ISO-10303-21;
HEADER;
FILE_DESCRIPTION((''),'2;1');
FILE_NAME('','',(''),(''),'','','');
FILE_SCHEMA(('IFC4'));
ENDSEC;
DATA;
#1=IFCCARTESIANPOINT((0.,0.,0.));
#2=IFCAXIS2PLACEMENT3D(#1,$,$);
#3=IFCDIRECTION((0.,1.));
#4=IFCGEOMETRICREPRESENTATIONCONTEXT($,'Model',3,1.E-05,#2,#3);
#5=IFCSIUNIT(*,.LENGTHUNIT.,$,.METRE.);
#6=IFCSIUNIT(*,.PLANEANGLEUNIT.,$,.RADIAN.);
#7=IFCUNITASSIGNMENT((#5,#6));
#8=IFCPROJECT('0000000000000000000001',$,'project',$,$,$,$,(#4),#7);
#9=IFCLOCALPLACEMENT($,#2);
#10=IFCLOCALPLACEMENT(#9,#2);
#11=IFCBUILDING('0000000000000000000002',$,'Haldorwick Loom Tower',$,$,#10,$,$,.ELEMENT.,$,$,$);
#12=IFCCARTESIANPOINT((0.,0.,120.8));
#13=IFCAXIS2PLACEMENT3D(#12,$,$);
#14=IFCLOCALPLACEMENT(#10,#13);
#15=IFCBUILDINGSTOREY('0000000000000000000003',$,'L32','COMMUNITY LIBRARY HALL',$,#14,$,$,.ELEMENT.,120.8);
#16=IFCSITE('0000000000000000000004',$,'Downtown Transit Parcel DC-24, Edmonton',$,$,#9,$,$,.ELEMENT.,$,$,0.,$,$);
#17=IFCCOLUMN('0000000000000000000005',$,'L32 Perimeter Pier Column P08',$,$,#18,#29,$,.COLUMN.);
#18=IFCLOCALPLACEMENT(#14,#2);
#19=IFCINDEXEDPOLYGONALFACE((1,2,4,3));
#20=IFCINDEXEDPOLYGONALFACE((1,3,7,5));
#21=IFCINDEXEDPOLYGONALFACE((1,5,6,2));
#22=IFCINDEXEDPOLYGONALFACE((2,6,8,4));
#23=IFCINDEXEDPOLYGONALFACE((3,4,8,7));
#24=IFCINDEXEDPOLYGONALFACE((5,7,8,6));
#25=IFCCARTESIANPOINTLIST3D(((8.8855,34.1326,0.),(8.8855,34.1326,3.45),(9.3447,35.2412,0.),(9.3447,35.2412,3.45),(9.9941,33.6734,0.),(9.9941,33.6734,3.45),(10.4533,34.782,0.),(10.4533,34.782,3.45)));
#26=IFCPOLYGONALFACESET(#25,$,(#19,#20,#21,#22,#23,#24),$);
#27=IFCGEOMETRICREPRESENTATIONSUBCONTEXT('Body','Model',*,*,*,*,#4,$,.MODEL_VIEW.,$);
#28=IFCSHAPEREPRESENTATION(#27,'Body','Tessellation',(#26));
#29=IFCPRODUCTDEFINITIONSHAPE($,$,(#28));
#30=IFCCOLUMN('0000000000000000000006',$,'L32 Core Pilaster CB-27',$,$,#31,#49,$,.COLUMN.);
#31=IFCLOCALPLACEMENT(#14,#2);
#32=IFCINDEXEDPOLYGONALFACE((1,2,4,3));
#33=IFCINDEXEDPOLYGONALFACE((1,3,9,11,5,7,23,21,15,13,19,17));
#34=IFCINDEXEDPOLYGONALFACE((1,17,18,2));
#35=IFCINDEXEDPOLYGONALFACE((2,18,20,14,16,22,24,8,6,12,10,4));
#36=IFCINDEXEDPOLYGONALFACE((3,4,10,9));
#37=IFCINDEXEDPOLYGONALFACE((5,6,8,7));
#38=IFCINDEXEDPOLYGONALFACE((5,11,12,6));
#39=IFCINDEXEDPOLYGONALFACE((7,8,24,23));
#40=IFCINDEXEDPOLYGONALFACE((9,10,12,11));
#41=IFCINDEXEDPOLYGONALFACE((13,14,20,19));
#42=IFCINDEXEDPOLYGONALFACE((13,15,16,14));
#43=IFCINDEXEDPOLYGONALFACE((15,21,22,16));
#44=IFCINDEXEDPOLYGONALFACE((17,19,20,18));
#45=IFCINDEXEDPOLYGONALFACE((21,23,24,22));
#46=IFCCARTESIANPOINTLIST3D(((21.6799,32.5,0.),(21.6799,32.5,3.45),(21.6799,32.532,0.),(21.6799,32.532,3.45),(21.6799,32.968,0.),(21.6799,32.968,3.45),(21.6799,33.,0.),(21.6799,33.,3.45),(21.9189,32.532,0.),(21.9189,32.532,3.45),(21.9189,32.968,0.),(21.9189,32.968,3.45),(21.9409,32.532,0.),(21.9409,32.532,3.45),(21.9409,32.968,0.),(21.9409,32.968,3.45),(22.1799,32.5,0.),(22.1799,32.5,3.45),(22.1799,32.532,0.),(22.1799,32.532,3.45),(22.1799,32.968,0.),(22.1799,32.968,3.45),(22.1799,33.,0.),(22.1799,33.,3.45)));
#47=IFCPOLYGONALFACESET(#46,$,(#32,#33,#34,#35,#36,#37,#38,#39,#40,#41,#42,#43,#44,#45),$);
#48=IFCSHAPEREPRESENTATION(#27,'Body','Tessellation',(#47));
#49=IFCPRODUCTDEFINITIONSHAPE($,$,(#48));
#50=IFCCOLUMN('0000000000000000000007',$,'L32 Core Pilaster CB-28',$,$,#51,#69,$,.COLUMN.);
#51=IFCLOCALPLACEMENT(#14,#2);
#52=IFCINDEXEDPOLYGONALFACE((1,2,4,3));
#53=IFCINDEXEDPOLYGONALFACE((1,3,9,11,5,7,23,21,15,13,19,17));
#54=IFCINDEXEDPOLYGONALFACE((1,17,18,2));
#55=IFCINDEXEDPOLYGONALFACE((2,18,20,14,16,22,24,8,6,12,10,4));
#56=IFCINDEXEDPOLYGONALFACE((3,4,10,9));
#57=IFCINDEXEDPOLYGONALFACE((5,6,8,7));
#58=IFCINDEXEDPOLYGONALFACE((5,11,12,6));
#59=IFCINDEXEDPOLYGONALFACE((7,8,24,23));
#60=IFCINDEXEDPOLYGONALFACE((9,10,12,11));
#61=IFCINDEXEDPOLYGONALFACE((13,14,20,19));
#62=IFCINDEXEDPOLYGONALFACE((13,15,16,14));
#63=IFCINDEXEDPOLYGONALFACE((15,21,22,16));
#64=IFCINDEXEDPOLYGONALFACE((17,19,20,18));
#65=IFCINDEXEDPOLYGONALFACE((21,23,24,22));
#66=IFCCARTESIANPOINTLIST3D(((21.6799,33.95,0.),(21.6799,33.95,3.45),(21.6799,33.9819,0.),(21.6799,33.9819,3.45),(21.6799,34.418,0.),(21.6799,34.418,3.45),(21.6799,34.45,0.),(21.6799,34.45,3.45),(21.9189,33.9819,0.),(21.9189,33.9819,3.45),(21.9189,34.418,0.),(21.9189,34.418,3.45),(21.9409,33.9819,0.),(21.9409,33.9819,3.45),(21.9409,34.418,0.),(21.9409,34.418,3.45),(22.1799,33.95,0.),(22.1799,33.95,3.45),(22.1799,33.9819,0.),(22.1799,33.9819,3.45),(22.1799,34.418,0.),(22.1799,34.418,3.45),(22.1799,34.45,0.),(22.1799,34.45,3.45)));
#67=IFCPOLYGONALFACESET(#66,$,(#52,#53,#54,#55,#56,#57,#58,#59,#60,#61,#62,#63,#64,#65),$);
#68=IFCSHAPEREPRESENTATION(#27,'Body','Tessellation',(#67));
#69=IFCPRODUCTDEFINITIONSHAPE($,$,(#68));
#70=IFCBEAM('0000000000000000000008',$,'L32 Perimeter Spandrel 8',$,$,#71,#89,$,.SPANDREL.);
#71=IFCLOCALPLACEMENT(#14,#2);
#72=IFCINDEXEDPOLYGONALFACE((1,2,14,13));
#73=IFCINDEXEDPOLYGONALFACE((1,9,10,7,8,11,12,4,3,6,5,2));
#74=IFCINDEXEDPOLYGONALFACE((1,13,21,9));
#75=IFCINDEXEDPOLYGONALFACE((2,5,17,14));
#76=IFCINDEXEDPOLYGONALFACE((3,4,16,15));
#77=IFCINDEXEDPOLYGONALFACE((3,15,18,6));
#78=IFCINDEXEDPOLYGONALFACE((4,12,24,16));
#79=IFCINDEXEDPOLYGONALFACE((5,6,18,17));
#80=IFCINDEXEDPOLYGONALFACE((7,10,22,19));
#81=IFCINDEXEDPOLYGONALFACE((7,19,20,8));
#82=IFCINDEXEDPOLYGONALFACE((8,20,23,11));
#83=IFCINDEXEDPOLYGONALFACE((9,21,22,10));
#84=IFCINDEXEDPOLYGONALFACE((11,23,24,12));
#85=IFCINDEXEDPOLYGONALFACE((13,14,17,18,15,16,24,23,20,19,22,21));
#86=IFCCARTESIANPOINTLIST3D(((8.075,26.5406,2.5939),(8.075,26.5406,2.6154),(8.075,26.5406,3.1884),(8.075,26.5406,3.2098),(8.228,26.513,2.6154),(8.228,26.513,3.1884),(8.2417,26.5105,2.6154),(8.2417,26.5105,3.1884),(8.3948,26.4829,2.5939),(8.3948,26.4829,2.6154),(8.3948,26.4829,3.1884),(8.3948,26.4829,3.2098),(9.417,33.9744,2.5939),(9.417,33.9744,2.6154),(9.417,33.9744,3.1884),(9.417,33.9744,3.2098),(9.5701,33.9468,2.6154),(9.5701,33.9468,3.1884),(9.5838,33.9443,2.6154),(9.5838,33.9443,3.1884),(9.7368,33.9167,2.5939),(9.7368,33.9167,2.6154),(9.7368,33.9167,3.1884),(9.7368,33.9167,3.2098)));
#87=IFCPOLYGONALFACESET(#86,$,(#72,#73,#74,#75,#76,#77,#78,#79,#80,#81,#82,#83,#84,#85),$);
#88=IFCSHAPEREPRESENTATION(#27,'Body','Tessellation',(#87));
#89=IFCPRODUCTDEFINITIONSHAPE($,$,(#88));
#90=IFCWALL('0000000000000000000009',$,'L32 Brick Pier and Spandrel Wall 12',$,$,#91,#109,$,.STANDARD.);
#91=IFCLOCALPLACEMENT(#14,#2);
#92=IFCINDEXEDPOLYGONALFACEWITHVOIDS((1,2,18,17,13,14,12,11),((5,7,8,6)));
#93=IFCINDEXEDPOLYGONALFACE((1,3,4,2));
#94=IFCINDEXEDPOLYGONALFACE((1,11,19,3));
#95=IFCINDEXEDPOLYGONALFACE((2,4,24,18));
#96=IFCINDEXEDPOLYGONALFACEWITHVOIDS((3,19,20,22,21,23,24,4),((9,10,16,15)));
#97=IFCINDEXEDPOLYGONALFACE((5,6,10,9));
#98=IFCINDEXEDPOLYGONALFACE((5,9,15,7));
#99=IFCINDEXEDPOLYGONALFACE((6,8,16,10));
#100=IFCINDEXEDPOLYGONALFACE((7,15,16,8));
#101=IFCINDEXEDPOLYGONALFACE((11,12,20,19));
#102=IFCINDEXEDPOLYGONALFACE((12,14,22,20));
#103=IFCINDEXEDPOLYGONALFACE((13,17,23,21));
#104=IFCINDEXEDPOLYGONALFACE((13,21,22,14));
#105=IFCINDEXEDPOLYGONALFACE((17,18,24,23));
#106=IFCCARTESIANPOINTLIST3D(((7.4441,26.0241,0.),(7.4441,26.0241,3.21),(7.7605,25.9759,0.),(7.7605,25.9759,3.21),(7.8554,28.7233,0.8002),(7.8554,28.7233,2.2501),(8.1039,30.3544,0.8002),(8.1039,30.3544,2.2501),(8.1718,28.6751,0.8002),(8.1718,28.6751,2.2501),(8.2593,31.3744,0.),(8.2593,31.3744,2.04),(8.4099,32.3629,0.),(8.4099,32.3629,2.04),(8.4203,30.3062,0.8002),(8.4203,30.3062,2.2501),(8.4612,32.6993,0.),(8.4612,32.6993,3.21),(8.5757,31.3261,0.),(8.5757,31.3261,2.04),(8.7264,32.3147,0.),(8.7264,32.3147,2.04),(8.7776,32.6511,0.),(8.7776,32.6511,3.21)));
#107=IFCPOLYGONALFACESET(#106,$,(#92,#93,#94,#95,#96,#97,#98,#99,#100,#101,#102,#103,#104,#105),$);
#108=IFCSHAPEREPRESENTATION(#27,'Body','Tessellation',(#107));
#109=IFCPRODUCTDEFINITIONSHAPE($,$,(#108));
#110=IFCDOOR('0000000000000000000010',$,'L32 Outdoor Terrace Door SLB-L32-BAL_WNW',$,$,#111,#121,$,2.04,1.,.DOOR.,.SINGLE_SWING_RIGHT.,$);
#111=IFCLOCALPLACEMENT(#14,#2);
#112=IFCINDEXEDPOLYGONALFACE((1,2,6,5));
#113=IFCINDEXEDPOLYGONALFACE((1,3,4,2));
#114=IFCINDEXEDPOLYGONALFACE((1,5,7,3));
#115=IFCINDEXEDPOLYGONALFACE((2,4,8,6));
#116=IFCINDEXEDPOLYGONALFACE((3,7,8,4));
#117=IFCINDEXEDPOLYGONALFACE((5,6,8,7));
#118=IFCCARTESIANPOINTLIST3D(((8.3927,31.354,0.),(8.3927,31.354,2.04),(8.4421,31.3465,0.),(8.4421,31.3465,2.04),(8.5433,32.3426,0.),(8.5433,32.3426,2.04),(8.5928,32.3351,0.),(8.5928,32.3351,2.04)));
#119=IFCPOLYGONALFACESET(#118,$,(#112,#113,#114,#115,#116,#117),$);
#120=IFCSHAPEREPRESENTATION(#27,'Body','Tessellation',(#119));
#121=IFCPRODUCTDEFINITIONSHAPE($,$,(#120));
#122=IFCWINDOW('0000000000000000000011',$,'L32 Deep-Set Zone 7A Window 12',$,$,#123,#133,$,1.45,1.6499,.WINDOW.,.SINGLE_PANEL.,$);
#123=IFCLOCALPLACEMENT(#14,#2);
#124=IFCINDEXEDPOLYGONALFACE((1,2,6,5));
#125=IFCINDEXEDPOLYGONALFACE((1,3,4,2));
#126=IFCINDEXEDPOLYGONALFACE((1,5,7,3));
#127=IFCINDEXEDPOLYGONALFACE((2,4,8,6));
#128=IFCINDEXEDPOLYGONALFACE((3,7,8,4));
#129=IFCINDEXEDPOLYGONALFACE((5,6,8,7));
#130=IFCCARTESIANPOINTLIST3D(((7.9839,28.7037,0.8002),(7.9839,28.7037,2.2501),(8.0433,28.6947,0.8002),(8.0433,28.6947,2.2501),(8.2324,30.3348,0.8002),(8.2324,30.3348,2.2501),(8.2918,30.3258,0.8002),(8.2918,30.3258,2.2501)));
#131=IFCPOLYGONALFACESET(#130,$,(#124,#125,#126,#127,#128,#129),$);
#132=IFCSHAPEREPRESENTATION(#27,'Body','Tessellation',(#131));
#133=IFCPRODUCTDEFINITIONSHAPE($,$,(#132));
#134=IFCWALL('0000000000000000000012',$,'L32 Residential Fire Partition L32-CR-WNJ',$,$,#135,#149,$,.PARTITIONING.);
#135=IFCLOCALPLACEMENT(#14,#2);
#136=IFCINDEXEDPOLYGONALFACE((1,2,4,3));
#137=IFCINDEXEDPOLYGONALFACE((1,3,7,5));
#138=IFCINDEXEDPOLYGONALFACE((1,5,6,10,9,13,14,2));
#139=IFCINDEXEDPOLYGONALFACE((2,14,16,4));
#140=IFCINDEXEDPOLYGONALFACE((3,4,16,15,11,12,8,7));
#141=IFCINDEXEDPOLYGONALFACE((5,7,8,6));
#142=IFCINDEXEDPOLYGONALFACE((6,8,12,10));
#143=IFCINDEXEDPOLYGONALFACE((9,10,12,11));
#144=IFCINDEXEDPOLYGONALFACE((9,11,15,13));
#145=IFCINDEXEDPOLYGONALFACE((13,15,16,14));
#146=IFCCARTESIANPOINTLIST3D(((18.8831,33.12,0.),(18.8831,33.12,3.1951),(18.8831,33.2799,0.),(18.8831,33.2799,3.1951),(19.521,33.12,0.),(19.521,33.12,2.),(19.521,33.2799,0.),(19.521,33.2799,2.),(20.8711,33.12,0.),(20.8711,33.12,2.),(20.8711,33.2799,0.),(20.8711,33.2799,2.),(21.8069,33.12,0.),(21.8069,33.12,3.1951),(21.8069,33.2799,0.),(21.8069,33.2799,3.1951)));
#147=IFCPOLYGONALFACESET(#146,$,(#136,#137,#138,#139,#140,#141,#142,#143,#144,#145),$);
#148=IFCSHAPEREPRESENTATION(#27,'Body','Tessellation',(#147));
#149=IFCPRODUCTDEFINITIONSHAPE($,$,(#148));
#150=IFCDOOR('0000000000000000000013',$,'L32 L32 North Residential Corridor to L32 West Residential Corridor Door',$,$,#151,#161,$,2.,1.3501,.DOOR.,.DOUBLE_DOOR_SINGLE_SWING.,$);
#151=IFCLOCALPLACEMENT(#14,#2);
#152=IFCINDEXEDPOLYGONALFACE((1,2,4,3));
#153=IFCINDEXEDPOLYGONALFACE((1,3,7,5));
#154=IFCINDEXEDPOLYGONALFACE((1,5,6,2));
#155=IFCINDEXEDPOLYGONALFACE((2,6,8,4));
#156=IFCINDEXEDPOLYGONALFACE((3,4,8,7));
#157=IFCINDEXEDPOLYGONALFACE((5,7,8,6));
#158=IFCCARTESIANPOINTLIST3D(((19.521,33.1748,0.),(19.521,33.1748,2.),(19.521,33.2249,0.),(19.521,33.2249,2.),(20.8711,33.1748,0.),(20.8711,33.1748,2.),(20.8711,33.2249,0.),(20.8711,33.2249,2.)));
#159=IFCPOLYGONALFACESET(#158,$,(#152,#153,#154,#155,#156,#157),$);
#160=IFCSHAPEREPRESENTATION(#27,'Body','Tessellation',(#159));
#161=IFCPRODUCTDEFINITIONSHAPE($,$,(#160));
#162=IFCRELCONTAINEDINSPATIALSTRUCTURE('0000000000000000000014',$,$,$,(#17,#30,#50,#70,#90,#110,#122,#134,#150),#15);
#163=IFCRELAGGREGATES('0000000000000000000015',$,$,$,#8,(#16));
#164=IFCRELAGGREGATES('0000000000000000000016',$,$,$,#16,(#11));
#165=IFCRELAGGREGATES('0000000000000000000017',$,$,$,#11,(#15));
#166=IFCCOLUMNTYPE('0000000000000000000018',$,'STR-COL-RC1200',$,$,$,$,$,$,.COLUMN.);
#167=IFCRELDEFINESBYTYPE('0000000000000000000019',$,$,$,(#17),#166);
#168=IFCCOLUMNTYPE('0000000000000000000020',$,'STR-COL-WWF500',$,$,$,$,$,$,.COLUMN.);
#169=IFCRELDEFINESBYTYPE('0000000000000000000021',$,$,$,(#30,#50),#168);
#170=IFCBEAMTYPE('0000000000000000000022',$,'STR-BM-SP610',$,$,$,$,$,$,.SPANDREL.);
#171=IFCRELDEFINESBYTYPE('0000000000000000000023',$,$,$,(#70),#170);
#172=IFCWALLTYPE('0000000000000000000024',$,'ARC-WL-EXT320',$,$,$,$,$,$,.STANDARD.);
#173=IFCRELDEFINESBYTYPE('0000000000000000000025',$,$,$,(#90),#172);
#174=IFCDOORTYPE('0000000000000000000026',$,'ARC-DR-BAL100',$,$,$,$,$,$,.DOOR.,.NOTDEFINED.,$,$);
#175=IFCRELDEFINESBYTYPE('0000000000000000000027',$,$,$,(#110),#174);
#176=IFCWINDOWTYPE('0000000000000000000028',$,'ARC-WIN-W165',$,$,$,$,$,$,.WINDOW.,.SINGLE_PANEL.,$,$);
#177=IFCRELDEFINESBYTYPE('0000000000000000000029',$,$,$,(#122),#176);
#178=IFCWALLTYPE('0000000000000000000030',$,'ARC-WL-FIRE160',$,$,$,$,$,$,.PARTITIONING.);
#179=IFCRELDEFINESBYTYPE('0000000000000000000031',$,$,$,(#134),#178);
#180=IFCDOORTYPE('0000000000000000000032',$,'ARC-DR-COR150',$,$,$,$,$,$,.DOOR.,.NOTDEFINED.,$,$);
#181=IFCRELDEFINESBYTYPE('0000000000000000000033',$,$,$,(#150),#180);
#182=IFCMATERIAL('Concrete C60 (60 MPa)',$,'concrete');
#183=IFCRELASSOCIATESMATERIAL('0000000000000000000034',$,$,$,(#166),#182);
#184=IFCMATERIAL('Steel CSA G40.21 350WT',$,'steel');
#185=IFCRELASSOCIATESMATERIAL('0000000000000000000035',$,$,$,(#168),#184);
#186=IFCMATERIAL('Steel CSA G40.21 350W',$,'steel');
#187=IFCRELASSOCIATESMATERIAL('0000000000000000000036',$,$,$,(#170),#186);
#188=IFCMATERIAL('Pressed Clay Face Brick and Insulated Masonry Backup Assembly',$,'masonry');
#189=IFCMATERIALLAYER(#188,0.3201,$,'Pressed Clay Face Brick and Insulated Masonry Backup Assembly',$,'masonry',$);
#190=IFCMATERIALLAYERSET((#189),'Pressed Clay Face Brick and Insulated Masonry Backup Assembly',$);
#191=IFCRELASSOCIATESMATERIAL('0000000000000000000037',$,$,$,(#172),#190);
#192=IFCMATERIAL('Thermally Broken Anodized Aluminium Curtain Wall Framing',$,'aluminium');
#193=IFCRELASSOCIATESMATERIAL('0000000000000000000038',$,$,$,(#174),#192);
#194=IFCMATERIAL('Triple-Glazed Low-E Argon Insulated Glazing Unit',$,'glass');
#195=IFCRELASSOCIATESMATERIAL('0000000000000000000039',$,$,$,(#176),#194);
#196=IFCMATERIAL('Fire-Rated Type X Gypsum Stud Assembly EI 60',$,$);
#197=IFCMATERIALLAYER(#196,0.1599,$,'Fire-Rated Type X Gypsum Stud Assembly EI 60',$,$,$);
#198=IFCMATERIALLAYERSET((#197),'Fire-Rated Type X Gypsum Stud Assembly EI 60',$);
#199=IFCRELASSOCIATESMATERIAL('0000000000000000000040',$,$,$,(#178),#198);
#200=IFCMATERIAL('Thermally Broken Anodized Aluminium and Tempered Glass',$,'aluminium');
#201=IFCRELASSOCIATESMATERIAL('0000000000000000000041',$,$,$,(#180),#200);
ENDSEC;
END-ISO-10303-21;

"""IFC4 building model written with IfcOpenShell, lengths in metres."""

from ifc_helpers import new_model, si_unit, direction, frame, frame_2d, origin, origin_2d, place, context, subcontext, project, spatial, rectangle, i_section, extrude, material, layer, layer_set, material_profile, profile_set, type_object, element, fill, save


model = new_model("IFC4")

# Units and contexts
model_context = context("Model", 3, precision=1e-05, world=origin(), true_north=direction((0.0, 1.0)))
body_context = subcontext(model_context, "Body", "Model", "MODEL_VIEW")
ifc_project = project(units=[si_unit("LENGTHUNIT", "METRE"), si_unit("PLANEANGLEUNIT", "RADIAN")], contexts=[model_context])

# Site, building, storey
site_placement = place(None, origin())
site = spatial("IfcSite", under=ifc_project, at=site_placement, Name="Downtown Transit Parcel DC-24, Edmonton", CompositionType="ELEMENT", RefElevation=0.0)
building_placement = place(site_placement, origin())
building = spatial("IfcBuilding", under=site, at=building_placement, Name="Haldorwick Loom Tower", CompositionType="ELEMENT")
storey_placement = place(building_placement, frame((0.0, 0.0, 120.8)))
storey = spatial("IfcBuildingStorey", under=building, at=storey_placement, Name="L32", Description="COMMUNITY LIBRARY HALL", CompositionType="ELEMENT", Elevation=120.8)

# Columns
ifc_material_1 = material(Name="Concrete C60 (60 MPa)", Category="concrete")
ifc_material_profile_1 = material_profile(ifc_material_1, rectangle(XDim=1.2, YDim=1.2, at=origin_2d()), Name="RC1200X1200", Category="concrete")
ifc_profile_set_1 = profile_set([ifc_material_profile_1], Name="Concrete C60 (60 MPa)")
column_type_1 = type_object("IfcColumnType", Name="STR-COL-RC1200", PredefinedType="COLUMN", material=ifc_profile_set_1)
column_placement = place(storey_placement, frame((9.6694, 34.4573, 0.0), z_axis=(0.0, 0.0, 1.0), x_axis=(-0.92388, 0.382683, 0.0)))
element("IfcColumn", 1, at=column_placement, inside=storey, type_object=column_type_1, Name="L32 Perimeter Pier Column P08", PredefinedType="COLUMN", context=body_context, shape_type="SweptSolid", body=[
    extrude(rectangle(XDim=1.2, YDim=1.2, at=origin_2d()), origin(), (0.0, 0.0, 1.0), 3.45),
])
ifc_material_2 = material(Name="Steel CSA G40.21 350WT", Category="steel")
ifc_material_profile_2 = material_profile(ifc_material_2, i_section(OverallWidth=0.5, OverallDepth=0.5, WebThickness=0.022, FlangeThickness=0.032, at=origin_2d()), Name="WWF500X500", Category="steel")
ifc_profile_set_2 = profile_set([ifc_material_profile_2], Name="Steel CSA G40.21 350WT")
column_type_2 = type_object("IfcColumnType", Name="STR-COL-WWF500", PredefinedType="COLUMN", material=ifc_profile_set_2)
for number, where, z_axis, x_axis, name in (
    (2, (21.9299, 32.75, 0.0), (0.0, 0.0, 1.0), (1.0, 0.0, 0.0), "L32 Core Pilaster CB-27"),
    (3, (21.9299, 34.2, 0.0), (0.0, 0.0, 1.0), (1.0, 0.0, 0.0), "L32 Core Pilaster CB-28"),
):
    element("IfcColumn", number, at=place(storey_placement, frame(where, z_axis=z_axis, x_axis=x_axis)), inside=storey, type_object=column_type_2, Name=name, PredefinedType="COLUMN", context=body_context, shape_type="SweptSolid", body=[
        extrude(i_section(OverallWidth=0.5, OverallDepth=0.5, WebThickness=0.022, FlangeThickness=0.032, at=origin_2d()), origin(), (0.0, 0.0, 1.0), 3.45),
    ])

# Beam
ifc_material_3 = material(Name="Steel CSA G40.21 350W", Category="steel")
ifc_material_profile_3 = material_profile(ifc_material_3, i_section(OverallWidth=0.325, OverallDepth=0.616, WebThickness=0.0139, FlangeThickness=0.0215, at=origin_2d()), Name="W610X174", Category="steel")
ifc_profile_set_3 = profile_set([ifc_material_profile_3], Name="Steel CSA G40.21 350W")
beam_type = type_object("IfcBeamType", Name="STR-BM-SP610", PredefinedType="SPANDREL", material=ifc_profile_set_3)
beam_placement = place(storey_placement, frame((9.5769, 33.9456, 2.9019), z_axis=(-0.177659, -0.984092, 0.0), x_axis=(0.984092, -0.177659, 0.0)))
element("IfcBeam", 4, at=beam_placement, inside=storey, type_object=beam_type, Name="L32 Perimeter Spandrel 8", PredefinedType="SPANDREL", context=body_context, shape_type="SweptSolid", body=[
    extrude(i_section(OverallWidth=0.325, OverallDepth=0.616, WebThickness=0.0139, FlangeThickness=0.0215, at=origin_2d()), origin(), (0.0, 0.0, 1.0), 7.554),
])

# Wall, openings, door, window
ifc_material_4 = material(Name="Pressed Clay Face Brick and Insulated Masonry Backup Assembly", Category="masonry")
ifc_layer_1 = layer(ifc_material_4, 0.3201, Name="Pressed Clay Face Brick and Insulated Masonry Backup Assembly", Category="masonry")
ifc_layer_set_1 = layer_set([ifc_layer_1], Name="Pressed Clay Face Brick and Insulated Masonry Backup Assembly")
wall_type_1 = type_object("IfcWallType", Name="ARC-WL-EXT320", PredefinedType="STANDARD", material=ifc_layer_set_1)
wall_1_placement = place(storey_placement, frame((8.6194, 32.675, 0.0), z_axis=(0.0, 0.0, 1.0), x_axis=(-0.150633, -0.98859, 0.0)))
wall_1 = element("IfcWall", 5, at=wall_1_placement, inside=storey, type_object=wall_type_1, Name="L32 Brick Pier and Spandrel Wall 12", PredefinedType="STANDARD", context=body_context, shape_type="SweptSolid", body=[
    extrude(rectangle(XDim=6.7522, YDim=0.3201, at=frame_2d((3.376, 0.0))), origin(), (0.0, 0.0, 1.0), 3.21),
])
opening_1_placement = place(wall_1_placement, frame((0.3401, 0.0, 0.0)))
opening_1 = element("IfcOpeningElement", 6, at=opening_1_placement, cuts=wall_1, PredefinedType="OPENING", context=body_context, shape_type="SweptSolid", body=[
    extrude(rectangle(XDim=1.0, YDim=2.04, at=frame_2d((0.5, 1.02))), frame((0.0, 0.1699, 0.0), z_axis=(0.0, -1.0, 0.0), x_axis=(1.0, 0.0, 0.0)), (0.0, 0.0, 1.0), 0.3401),
])
opening_2_placement = place(wall_1_placement, frame((2.3718, 0.0, 0.8)))
opening_2 = element("IfcOpeningElement", 7, at=opening_2_placement, cuts=wall_1, PredefinedType="OPENING", context=body_context, shape_type="SweptSolid", body=[
    extrude(rectangle(XDim=1.6499, YDim=1.45, at=frame_2d((0.825, 0.7251))), frame((0.0, 0.1699, 0.0), z_axis=(0.0, -1.0, 0.0), x_axis=(1.0, 0.0, 0.0)), (0.0, 0.0, 1.0), 0.3401),
])
ifc_material_5 = material(Name="Thermally Broken Anodized Aluminium Curtain Wall Framing", Category="aluminium")
door_type_1 = type_object("IfcDoorType", Name="ARC-DR-BAL100", OperationType="NOTDEFINED", PredefinedType="DOOR", material=ifc_material_5)
door_1_placement = place(opening_1_placement, origin())
door_1 = element("IfcDoor", 8, at=door_1_placement, inside=storey, type_object=door_type_1, Name="L32 Outdoor Terrace Door SLB-L32-BAL_WNW", OperationType="SINGLE_SWING_RIGHT", OverallHeight=2.04, OverallWidth=1.0, PredefinedType="DOOR", context=body_context, shape_type="SweptSolid", body=[
    extrude(rectangle(XDim=1.0, YDim=2.04, at=frame_2d((0.5, 1.02))), frame((0.0, 0.0249, 0.0), z_axis=(0.0, -1.0, 0.0), x_axis=(1.0, 0.0, 0.0)), (0.0, 0.0, 1.0), 0.05),
])
fill(opening_1, door_1)
ifc_material_6 = material(Name="Triple-Glazed Low-E Argon Insulated Glazing Unit", Category="glass")
window_type = type_object("IfcWindowType", Name="ARC-WIN-W165", PartitioningType="SINGLE_PANEL", PredefinedType="WINDOW", material=ifc_material_6)
window_placement = place(opening_2_placement, origin())
window = element("IfcWindow", 9, at=window_placement, inside=storey, type_object=window_type, Name="L32 Deep-Set Zone 7A Window 12", OverallHeight=1.45, OverallWidth=1.6499, PartitioningType="SINGLE_PANEL", PredefinedType="WINDOW", context=body_context, shape_type="SweptSolid", body=[
    extrude(rectangle(XDim=1.6499, YDim=1.45, at=frame_2d((0.825, 0.7251))), frame((0.0, 0.03, 0.0), z_axis=(0.0, -1.0, 0.0), x_axis=(1.0, 0.0, 0.0)), (0.0, 0.0, 1.0), 0.0601),
])
fill(opening_2, window)

# Wall, opening, door
ifc_material_7 = material(Name="Fire-Rated Type X Gypsum Stud Assembly EI 60")
ifc_layer_2 = layer(ifc_material_7, 0.1599, Name="Fire-Rated Type X Gypsum Stud Assembly EI 60")
ifc_layer_set_2 = layer_set([ifc_layer_2], Name="Fire-Rated Type X Gypsum Stud Assembly EI 60")
wall_type_2 = type_object("IfcWallType", Name="ARC-WL-FIRE160", PredefinedType="PARTITIONING", material=ifc_layer_set_2)
wall_2_placement = place(storey_placement, frame((18.8831, 33.2, 0.0), z_axis=(0.0, 0.0, 1.0), x_axis=(1.0, 0.0, 0.0)))
wall_2 = element("IfcWall", 10, at=wall_2_placement, inside=storey, type_object=wall_type_2, Name="L32 Residential Fire Partition L32-CR-WNJ", PredefinedType="PARTITIONING", context=body_context, shape_type="SweptSolid", body=[
    extrude(rectangle(XDim=2.9238, YDim=0.1599, at=frame_2d((1.4619, 0.0))), origin(), (0.0, 0.0, 1.0), 3.1951),
])
opening_3_placement = place(wall_2_placement, frame((0.6379, 0.0, 0.0)))
opening_3 = element("IfcOpeningElement", 11, at=opening_3_placement, cuts=wall_2, PredefinedType="OPENING", context=body_context, shape_type="SweptSolid", body=[
    extrude(rectangle(XDim=1.3501, YDim=2.0, at=frame_2d((0.675, 1.0))), frame((0.0, 0.0898, 0.0), z_axis=(0.0, -1.0, 0.0), x_axis=(1.0, 0.0, 0.0)), (0.0, 0.0, 1.0), 0.1799),
])
ifc_material_8 = material(Name="Thermally Broken Anodized Aluminium and Tempered Glass", Category="aluminium")
door_type_2 = type_object("IfcDoorType", Name="ARC-DR-COR150", OperationType="NOTDEFINED", PredefinedType="DOOR", material=ifc_material_8)
door_2_placement = place(opening_3_placement, origin())
door_2 = element("IfcDoor", 12, at=door_2_placement, inside=storey, type_object=door_type_2, Name="L32 L32 North Residential Corridor to L32 West Residential Corridor Door", OperationType="DOUBLE_DOOR_SINGLE_SWING", OverallHeight=2.0, OverallWidth=1.3501, PredefinedType="DOOR", context=body_context, shape_type="SweptSolid", body=[
    extrude(rectangle(XDim=1.3501, YDim=2.0, at=frame_2d((0.675, 1.0))), frame((0.0, 0.0249, 0.0), z_axis=(0.0, -1.0, 0.0), x_axis=(1.0, 0.0, 0.0)), (0.0, 0.0, 1.0), 0.05),
])
fill(opening_3, door_2)

save(model, "model.ifc")
